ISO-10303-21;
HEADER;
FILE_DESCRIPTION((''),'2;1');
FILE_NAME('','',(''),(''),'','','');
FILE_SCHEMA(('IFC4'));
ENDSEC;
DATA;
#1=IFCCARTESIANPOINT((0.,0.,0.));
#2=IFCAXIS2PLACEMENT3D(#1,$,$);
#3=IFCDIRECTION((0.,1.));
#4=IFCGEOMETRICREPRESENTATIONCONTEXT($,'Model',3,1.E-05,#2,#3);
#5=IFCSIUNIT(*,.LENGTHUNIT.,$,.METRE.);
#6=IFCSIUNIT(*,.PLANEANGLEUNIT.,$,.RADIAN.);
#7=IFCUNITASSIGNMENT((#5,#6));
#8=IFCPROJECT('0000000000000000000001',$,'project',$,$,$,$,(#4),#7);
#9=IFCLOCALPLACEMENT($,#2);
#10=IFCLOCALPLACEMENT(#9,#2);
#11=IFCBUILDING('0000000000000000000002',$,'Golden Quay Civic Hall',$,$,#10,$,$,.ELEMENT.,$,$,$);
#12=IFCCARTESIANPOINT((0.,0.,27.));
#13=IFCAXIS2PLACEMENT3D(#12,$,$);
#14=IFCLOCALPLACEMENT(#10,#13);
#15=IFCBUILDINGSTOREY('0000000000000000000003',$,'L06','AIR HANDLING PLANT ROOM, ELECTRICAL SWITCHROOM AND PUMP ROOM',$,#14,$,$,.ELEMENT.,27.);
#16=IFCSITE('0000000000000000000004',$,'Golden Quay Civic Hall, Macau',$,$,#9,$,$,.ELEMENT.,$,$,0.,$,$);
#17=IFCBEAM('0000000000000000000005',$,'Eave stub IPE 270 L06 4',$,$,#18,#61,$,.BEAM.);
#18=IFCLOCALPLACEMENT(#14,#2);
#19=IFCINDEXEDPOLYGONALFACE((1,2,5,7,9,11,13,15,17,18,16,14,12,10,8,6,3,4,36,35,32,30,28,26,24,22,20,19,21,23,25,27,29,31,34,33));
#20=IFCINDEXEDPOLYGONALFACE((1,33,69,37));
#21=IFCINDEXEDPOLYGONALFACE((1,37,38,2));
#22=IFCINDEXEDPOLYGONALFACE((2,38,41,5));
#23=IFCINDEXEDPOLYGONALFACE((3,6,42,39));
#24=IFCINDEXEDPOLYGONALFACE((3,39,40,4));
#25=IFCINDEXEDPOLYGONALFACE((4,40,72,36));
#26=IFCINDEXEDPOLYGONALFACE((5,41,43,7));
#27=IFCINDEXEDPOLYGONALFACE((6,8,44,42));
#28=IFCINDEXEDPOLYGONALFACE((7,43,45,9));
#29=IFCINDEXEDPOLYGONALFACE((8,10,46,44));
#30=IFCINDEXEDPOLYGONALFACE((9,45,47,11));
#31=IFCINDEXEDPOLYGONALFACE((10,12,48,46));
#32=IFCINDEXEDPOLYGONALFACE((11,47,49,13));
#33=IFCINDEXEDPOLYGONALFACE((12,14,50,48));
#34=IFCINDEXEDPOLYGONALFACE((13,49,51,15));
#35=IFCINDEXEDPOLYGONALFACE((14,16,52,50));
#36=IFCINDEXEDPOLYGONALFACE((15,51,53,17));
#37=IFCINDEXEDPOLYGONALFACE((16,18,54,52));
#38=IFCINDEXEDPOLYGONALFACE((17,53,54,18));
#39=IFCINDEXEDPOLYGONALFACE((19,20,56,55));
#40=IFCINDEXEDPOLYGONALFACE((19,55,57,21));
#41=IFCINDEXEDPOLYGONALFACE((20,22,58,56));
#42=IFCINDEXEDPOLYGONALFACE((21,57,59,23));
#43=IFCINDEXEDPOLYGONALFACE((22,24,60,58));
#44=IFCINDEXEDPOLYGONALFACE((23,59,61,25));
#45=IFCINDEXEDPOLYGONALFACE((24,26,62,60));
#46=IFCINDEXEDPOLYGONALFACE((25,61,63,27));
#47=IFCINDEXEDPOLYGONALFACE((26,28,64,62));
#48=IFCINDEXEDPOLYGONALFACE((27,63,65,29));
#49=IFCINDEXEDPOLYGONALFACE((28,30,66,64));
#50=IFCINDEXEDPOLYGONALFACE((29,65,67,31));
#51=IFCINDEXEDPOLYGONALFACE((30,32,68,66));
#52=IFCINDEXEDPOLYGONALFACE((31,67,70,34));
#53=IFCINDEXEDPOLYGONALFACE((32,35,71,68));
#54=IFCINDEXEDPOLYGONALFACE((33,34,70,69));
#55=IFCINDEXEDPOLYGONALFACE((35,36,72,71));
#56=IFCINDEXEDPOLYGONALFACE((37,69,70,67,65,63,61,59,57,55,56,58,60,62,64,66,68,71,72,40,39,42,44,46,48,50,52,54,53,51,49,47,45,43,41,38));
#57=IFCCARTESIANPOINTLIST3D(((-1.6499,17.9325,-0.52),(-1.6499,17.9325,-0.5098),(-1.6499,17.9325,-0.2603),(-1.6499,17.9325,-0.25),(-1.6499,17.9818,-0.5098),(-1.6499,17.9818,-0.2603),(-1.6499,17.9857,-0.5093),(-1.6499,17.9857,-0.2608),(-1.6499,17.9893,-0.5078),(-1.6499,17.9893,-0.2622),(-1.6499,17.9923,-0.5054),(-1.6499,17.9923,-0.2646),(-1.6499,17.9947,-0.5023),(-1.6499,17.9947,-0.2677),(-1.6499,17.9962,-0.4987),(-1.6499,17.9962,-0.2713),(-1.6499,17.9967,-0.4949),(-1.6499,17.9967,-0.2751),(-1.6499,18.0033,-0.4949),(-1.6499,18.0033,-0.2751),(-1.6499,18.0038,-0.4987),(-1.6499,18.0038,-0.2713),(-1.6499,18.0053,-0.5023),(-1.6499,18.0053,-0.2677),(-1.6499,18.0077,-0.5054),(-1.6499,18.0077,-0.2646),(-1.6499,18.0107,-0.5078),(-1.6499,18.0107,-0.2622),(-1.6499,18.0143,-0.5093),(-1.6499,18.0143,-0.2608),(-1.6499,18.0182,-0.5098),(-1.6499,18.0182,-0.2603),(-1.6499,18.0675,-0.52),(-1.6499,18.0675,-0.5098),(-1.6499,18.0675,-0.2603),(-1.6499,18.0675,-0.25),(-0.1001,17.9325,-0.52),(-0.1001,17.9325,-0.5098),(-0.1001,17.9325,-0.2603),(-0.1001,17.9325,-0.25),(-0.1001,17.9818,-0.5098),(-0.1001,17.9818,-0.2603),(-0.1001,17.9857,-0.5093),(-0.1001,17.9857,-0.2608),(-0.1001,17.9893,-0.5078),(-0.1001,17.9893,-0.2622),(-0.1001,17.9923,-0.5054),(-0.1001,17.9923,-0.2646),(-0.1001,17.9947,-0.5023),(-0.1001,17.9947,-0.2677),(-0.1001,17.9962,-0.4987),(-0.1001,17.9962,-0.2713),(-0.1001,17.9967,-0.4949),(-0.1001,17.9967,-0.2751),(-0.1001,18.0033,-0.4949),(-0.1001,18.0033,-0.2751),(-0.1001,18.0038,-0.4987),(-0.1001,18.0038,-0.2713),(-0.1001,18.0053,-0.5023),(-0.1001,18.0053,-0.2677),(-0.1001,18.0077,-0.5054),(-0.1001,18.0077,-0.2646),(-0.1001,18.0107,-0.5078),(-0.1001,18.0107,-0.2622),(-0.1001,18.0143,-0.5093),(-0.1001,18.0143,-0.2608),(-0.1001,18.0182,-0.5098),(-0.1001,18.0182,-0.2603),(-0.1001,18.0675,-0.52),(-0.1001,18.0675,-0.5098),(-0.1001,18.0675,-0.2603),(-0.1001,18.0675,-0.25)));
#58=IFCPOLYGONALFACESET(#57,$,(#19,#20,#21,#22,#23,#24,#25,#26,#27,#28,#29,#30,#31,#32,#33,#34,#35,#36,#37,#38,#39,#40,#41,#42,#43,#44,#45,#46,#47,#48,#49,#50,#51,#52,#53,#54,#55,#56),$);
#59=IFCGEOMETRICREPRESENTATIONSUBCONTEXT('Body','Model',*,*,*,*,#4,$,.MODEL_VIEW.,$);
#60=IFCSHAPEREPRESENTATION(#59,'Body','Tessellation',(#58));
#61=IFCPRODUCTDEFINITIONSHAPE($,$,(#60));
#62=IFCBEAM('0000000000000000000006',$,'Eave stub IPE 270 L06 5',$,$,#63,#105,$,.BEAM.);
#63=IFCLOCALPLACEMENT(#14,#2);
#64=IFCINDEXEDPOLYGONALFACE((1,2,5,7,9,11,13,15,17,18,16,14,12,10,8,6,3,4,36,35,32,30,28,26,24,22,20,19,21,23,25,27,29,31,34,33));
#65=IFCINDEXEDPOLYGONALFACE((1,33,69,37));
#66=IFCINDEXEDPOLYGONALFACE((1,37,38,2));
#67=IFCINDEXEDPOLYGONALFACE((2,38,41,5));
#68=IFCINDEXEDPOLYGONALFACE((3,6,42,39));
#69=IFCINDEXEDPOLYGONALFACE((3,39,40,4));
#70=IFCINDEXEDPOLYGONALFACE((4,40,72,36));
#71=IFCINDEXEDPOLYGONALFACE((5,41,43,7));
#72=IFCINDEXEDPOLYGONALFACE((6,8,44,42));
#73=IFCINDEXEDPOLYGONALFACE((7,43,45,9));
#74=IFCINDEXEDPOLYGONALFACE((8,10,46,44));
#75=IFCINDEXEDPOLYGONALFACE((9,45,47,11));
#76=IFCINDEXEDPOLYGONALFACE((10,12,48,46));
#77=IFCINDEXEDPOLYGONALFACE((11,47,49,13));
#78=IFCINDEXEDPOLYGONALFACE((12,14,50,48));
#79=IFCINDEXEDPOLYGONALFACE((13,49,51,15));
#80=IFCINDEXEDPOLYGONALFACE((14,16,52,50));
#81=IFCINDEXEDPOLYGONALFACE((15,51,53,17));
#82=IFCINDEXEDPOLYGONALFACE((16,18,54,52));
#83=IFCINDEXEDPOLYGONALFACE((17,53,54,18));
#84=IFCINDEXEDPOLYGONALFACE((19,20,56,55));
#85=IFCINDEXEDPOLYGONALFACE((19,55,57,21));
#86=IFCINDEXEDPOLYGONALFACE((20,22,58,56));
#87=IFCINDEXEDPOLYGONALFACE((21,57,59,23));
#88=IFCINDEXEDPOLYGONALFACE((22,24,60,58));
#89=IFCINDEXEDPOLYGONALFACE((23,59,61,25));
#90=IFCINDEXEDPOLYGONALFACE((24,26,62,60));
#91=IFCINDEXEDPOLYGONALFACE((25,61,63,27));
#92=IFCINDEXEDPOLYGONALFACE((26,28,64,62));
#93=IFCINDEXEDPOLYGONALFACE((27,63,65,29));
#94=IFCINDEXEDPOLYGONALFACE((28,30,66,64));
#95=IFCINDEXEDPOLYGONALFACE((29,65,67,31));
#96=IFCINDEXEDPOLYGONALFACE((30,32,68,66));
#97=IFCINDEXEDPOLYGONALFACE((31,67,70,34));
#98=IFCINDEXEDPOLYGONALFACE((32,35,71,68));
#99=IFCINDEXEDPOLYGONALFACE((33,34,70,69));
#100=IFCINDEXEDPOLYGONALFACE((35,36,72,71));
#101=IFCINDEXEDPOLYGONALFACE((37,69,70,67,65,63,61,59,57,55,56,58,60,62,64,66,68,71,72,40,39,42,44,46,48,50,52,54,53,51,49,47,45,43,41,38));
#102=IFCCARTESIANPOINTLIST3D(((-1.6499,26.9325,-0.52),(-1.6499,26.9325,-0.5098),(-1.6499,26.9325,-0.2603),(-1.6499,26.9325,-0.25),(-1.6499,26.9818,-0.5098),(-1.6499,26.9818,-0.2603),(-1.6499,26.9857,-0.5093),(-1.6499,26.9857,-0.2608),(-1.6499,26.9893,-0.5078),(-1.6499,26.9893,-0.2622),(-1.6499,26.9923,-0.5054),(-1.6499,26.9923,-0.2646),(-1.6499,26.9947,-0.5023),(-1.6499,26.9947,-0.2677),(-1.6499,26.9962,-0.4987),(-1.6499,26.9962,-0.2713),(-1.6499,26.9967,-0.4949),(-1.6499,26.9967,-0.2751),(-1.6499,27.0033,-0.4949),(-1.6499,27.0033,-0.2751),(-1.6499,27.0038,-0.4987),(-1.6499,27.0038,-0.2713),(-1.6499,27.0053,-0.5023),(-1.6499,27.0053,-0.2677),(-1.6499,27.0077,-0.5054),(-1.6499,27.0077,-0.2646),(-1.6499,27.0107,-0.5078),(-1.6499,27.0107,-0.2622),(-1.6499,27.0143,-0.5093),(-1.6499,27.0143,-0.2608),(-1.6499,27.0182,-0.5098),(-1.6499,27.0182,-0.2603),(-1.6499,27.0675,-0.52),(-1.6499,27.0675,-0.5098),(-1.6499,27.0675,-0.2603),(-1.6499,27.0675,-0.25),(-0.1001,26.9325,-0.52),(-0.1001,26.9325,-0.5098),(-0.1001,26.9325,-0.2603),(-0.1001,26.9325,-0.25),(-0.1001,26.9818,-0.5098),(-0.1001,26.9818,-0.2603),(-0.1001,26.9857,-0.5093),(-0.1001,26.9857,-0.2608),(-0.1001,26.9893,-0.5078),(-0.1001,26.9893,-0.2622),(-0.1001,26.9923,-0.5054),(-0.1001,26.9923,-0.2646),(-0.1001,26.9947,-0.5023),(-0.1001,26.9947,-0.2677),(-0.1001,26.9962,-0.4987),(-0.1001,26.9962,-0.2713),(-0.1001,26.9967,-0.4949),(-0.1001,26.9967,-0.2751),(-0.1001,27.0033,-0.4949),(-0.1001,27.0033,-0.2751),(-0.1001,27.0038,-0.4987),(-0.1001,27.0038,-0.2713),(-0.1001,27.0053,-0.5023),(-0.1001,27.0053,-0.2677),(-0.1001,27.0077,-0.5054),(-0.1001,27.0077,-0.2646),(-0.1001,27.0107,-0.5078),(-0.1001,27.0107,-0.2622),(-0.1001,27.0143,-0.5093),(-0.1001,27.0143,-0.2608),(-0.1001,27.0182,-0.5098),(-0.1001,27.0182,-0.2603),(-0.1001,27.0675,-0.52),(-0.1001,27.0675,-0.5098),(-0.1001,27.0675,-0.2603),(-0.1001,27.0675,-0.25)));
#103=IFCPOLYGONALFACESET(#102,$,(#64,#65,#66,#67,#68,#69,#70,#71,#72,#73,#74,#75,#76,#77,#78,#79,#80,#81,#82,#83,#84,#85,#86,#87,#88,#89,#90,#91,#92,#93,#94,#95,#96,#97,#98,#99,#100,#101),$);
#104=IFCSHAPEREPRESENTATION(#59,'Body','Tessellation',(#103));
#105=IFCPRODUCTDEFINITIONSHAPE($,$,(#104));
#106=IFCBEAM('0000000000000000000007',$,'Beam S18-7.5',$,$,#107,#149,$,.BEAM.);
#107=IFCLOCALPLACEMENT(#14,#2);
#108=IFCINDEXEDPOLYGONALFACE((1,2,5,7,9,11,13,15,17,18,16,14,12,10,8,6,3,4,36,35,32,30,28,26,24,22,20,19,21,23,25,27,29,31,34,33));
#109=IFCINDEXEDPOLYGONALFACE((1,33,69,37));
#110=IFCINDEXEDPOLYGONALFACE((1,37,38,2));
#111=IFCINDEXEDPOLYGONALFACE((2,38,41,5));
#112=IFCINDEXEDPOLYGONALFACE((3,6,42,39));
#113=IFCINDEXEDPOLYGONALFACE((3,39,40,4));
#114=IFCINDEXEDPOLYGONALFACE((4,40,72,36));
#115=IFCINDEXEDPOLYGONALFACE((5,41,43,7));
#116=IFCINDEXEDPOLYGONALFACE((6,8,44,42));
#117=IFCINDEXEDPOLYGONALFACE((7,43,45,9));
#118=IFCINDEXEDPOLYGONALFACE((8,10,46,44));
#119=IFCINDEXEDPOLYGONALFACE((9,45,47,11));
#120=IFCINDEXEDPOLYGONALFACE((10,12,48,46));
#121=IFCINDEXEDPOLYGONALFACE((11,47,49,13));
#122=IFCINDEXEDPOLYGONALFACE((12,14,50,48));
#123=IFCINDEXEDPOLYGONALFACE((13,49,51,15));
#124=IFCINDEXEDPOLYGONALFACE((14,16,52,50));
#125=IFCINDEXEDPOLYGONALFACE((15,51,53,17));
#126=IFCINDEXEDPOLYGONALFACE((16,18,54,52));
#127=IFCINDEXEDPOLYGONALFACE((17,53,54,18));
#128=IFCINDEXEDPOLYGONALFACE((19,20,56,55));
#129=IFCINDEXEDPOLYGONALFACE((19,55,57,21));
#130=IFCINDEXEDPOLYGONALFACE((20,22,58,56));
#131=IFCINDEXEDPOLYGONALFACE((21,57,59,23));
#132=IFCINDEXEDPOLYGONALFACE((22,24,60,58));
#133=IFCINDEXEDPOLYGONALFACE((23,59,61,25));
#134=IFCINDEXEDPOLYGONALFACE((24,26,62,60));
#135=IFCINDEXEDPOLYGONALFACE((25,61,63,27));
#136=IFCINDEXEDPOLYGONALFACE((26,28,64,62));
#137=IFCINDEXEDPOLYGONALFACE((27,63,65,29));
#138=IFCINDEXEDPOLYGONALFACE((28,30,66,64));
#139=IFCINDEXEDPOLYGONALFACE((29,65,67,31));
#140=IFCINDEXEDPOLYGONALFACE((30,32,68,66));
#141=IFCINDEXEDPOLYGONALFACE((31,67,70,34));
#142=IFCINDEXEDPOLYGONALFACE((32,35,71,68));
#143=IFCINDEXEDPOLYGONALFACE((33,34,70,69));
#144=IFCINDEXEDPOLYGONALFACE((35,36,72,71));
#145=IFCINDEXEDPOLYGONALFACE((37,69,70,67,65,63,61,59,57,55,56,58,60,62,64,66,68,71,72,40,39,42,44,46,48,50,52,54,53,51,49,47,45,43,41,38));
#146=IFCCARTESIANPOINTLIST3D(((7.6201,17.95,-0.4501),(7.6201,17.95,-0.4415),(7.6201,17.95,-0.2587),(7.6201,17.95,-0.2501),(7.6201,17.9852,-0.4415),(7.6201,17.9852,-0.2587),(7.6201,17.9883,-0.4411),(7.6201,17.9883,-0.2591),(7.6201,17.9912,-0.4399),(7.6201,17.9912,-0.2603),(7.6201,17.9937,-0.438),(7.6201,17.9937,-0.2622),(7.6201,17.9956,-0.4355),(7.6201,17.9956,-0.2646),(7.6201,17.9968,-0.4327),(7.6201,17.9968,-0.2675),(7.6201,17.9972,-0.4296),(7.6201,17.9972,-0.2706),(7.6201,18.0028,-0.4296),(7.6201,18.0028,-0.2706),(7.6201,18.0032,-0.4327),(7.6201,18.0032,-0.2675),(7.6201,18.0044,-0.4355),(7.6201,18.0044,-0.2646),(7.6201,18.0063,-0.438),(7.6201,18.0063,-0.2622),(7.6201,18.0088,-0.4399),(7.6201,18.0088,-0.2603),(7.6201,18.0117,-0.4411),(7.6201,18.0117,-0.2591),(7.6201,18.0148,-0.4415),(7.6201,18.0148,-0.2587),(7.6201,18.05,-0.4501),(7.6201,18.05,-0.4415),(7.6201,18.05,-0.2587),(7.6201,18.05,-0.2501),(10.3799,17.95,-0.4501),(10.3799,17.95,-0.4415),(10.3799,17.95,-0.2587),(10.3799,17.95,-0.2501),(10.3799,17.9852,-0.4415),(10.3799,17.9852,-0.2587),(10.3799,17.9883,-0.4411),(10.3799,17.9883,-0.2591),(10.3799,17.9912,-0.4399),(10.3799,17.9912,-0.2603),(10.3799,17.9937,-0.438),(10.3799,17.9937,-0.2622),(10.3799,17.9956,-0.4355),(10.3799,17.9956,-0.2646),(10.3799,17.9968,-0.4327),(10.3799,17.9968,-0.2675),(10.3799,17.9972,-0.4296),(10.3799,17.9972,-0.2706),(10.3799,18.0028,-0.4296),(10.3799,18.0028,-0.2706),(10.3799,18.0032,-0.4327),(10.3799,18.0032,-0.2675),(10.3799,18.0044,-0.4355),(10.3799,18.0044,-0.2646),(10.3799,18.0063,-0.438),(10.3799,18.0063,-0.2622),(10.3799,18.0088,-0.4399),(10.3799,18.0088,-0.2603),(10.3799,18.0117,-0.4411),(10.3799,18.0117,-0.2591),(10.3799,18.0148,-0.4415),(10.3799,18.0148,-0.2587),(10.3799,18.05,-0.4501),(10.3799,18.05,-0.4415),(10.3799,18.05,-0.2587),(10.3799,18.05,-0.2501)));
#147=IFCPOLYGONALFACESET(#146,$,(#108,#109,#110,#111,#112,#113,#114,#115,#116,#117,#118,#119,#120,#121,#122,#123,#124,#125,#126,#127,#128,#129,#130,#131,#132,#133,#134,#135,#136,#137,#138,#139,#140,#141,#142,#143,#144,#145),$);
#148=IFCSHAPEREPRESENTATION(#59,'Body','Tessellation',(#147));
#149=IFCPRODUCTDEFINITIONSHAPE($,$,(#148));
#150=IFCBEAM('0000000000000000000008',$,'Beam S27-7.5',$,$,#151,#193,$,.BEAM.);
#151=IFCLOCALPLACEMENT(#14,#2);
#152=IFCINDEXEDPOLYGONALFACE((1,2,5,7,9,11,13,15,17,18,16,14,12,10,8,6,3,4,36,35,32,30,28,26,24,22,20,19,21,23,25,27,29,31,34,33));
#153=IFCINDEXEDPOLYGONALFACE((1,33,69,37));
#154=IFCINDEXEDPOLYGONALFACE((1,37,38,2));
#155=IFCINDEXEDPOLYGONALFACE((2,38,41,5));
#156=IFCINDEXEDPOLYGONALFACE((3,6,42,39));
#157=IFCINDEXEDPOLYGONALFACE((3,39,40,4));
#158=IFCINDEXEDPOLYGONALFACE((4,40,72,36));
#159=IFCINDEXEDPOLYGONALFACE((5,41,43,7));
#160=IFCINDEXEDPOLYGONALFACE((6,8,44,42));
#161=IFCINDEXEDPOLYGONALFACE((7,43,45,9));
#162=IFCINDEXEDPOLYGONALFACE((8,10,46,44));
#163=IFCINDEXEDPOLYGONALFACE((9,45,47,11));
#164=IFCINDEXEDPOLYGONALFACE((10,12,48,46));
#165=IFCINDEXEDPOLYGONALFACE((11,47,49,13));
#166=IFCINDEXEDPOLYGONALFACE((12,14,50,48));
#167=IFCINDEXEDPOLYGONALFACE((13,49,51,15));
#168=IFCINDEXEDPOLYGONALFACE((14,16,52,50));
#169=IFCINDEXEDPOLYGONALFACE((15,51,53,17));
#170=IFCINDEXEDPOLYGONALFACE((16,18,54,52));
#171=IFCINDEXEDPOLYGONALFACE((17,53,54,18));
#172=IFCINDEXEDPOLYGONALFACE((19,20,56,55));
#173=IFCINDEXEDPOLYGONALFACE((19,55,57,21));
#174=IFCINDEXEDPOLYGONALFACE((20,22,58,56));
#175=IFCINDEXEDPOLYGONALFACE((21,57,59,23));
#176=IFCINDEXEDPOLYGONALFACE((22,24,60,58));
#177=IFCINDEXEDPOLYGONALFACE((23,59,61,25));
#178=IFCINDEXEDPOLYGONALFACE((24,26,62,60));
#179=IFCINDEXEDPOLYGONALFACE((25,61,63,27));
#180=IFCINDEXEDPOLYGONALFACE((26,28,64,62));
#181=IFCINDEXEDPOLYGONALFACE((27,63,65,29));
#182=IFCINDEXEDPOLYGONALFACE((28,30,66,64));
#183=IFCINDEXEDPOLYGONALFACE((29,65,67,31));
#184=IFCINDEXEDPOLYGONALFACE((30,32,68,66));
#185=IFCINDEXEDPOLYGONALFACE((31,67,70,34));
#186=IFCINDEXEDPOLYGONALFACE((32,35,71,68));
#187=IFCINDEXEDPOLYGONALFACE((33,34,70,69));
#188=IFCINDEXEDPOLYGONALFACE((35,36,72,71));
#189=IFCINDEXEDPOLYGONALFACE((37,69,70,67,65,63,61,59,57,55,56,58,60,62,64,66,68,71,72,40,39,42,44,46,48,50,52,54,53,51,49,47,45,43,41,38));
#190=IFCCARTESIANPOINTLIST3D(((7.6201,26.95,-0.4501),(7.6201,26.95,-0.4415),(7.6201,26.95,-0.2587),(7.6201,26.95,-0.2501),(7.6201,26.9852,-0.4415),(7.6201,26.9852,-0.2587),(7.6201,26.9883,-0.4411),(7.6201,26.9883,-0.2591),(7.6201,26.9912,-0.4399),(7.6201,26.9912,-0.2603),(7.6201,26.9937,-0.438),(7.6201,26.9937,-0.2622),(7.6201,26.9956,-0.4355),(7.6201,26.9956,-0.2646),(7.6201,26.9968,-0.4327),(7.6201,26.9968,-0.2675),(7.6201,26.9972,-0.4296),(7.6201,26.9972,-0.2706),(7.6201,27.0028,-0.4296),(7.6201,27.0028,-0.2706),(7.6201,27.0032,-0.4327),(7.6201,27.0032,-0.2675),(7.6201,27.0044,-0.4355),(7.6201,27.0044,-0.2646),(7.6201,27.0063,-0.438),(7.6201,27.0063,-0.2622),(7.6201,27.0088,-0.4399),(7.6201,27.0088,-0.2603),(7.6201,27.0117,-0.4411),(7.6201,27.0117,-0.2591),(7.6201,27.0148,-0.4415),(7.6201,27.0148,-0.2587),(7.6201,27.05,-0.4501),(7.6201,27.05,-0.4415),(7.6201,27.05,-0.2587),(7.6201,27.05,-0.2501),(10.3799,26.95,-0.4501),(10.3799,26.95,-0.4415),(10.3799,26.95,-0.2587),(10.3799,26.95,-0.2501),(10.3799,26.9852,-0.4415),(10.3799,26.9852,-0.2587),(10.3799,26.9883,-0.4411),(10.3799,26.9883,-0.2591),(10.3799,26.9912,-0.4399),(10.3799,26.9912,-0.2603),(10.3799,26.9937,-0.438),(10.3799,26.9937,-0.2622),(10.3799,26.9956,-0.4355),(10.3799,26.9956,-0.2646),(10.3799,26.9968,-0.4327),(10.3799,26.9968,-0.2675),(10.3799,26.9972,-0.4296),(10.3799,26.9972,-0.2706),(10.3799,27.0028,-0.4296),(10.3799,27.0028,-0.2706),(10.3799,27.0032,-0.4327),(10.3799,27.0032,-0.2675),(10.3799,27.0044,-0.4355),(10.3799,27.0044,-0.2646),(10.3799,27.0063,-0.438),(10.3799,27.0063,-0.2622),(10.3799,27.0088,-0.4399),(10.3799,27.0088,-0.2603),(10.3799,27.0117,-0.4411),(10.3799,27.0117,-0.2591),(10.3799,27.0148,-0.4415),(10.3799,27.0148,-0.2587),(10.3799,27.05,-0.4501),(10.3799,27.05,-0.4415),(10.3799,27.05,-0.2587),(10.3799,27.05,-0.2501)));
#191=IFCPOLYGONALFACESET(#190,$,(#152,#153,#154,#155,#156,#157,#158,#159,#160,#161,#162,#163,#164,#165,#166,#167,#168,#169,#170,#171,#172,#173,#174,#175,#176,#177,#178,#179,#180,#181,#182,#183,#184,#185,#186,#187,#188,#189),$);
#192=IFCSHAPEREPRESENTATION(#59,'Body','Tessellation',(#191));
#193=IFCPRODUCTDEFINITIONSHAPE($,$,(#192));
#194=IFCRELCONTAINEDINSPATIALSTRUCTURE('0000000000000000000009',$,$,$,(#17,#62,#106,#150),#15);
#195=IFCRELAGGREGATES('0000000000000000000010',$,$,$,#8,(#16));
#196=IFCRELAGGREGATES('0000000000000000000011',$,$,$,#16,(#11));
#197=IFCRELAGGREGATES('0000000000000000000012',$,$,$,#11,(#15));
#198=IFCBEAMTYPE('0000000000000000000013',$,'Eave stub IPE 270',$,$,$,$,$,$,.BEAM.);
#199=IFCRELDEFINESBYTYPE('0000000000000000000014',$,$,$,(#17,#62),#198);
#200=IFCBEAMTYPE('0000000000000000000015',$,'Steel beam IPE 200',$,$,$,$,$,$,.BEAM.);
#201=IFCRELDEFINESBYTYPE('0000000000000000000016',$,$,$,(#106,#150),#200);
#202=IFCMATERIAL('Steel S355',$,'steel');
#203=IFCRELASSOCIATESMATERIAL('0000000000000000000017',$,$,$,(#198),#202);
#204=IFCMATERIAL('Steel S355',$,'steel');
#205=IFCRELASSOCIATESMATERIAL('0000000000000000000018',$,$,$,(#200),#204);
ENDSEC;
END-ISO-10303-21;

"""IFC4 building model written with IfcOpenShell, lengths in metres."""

from ifc_helpers import new_model, si_unit, direction, frame, origin, origin_2d, place, context, subcontext, project, spatial, i_section, extrude, material, material_profile, profile_set, type_object, element, save


model = new_model("IFC4")

# Units and contexts
model_context = context("Model", 3, precision=1e-05, world=origin(), true_north=direction((0.0, 1.0)))
body_context = subcontext(model_context, "Body", "Model", "MODEL_VIEW")
ifc_project = project(units=[si_unit("LENGTHUNIT", "METRE"), si_unit("PLANEANGLEUNIT", "RADIAN")], contexts=[model_context])

# Site, building, storey
site_placement = place(None, origin())
site = spatial("IfcSite", under=ifc_project, at=site_placement, Name="Golden Quay Civic Hall, Macau", CompositionType="ELEMENT", RefElevation=0.0)
building_placement = place(site_placement, origin())
building = spatial("IfcBuilding", under=site, at=building_placement, Name="Golden Quay Civic Hall", CompositionType="ELEMENT")
storey_placement = place(building_placement, frame((0.0, 0.0, 27.0)))
storey = spatial("IfcBuildingStorey", under=building, at=storey_placement, Name="L06", Description="AIR HANDLING PLANT ROOM, ELECTRICAL SWITCHROOM AND PUMP ROOM", CompositionType="ELEMENT", Elevation=27.0)

# Beams
ifc_material_1 = material(Name="Steel S355", Category="steel")
ifc_material_profile_1 = material_profile(ifc_material_1, i_section(OverallWidth=0.135, OverallDepth=0.27, WebThickness=0.0066, FlangeThickness=0.0103, FilletRadius=0.0149, at=origin_2d()), Name="IPE 270")
ifc_profile_set_1 = profile_set([ifc_material_profile_1], Name="Steel S355")
beam_type_1 = type_object("IfcBeamType", Name="Eave stub IPE 270", PredefinedType="BEAM", material=ifc_profile_set_1)
for number, where, z_axis, x_axis, name in (
    (1, (-0.1001, 18.0, -0.385), (-1.0, 0.0, 0.0), (0.0, -1.0, 0.0), "Eave stub IPE 270 L06 4"),
    (2, (-0.1001, 27.0, -0.385), (-1.0, 0.0, 0.0), (0.0, -1.0, 0.0), "Eave stub IPE 270 L06 5"),
):
    element("IfcBeam", number, at=place(storey_placement, frame(where, z_axis=z_axis, x_axis=x_axis)), inside=storey, type_object=beam_type_1, Name=name, PredefinedType="BEAM", context=body_context, shape_type="SweptSolid", body=[
        extrude(i_section(OverallWidth=0.135, OverallDepth=0.27, WebThickness=0.0066, FlangeThickness=0.0103, FilletRadius=0.0149, at=origin_2d()), origin(), (0.0, 0.0, 1.0), 1.5498),
    ])
ifc_material_2 = material(Name="Steel S355", Category="steel")
ifc_material_profile_2 = material_profile(ifc_material_2, i_section(OverallWidth=0.1001, OverallDepth=0.2, WebThickness=0.0056, FlangeThickness=0.0085, FilletRadius=0.012, at=origin_2d()), Name="IPE 200")
ifc_profile_set_2 = profile_set([ifc_material_profile_2], Name="Steel S355")
beam_type_2 = type_object("IfcBeamType", Name="Steel beam IPE 200", PredefinedType="BEAM", material=ifc_profile_set_2)
for number, where, z_axis, x_axis, name in (
    (3, (7.6201, 18.0, -0.3501), (1.0, 0.0, 0.0), (0.0, 1.0, 0.0), "Beam S18-7.5"),
    (4, (7.6201, 27.0, -0.3501), (1.0, 0.0, 0.0), (0.0, 1.0, 0.0), "Beam S27-7.5"),
):
    element("IfcBeam", number, at=place(storey_placement, frame(where, z_axis=z_axis, x_axis=x_axis)), inside=storey, type_object=beam_type_2, Name=name, PredefinedType="BEAM", context=body_context, shape_type="SweptSolid", body=[
        extrude(i_section(OverallWidth=0.1001, OverallDepth=0.2, WebThickness=0.0056, FlangeThickness=0.0085, FilletRadius=0.012, at=origin_2d()), origin(), (0.0, 0.0, 1.0), 2.7598),
    ])

save(model, "model.ifc")
